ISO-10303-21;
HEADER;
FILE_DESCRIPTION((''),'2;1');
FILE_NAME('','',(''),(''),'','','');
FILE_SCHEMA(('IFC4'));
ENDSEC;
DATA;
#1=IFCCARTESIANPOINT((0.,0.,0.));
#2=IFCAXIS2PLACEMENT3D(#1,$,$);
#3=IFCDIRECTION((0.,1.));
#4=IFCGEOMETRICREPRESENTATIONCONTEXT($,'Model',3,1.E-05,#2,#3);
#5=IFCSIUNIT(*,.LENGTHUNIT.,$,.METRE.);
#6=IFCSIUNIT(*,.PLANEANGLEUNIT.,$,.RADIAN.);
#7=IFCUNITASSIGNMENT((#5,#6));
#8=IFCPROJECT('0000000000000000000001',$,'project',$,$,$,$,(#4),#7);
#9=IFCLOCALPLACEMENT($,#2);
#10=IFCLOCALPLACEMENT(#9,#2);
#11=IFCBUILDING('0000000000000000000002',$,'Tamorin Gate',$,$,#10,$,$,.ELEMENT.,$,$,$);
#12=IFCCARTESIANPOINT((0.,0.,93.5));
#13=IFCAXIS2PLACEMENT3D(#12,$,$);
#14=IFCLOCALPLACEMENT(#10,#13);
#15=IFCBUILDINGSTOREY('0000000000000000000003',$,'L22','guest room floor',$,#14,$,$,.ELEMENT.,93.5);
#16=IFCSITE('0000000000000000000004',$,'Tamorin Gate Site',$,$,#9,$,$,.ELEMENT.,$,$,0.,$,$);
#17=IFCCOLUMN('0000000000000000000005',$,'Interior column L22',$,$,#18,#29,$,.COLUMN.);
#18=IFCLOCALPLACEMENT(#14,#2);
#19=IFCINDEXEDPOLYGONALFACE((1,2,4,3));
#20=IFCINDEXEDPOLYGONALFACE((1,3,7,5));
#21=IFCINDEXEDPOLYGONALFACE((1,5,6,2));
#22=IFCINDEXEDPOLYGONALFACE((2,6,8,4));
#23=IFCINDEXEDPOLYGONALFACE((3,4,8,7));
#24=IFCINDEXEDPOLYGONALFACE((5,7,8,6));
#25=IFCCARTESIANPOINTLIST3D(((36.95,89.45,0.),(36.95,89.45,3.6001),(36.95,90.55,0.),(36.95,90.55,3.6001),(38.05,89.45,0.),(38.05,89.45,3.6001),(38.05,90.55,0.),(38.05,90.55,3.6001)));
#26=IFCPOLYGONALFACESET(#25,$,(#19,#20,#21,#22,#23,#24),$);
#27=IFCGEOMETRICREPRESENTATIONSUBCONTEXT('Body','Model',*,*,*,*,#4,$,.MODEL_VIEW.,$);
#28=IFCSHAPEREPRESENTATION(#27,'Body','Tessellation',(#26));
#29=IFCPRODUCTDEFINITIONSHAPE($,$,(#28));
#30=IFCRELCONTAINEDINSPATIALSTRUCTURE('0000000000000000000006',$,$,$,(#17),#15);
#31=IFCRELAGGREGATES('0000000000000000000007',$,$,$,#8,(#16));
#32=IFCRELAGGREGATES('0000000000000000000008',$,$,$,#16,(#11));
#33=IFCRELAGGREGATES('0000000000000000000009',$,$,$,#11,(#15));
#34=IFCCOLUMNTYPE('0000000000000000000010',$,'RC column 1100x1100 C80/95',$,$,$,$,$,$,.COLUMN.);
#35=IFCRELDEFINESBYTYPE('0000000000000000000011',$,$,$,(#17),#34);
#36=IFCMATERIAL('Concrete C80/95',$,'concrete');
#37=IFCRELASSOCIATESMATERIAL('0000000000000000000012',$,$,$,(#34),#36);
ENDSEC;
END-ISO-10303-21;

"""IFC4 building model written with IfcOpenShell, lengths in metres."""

from ifc_helpers import new_model, si_unit, direction, frame, origin, origin_2d, place, context, subcontext, project, spatial, rectangle, extrude, material, material_profile, profile_set, type_object, element, save


model = new_model("IFC4")

# Units and contexts
model_context = context("Model", 3, precision=1e-05, world=origin(), true_north=direction((0.0, 1.0)))
body_context = subcontext(model_context, "Body", "Model", "MODEL_VIEW")
ifc_project = project(units=[si_unit("LENGTHUNIT", "METRE"), si_unit("PLANEANGLEUNIT", "RADIAN")], contexts=[model_context])

# Site, building, storey
site_placement = place(None, origin())
site = spatial("IfcSite", under=ifc_project, at=site_placement, Name="Tamorin Gate Site", CompositionType="ELEMENT", RefElevation=0.0)
building_placement = place(site_placement, origin())
building = spatial("IfcBuilding", under=site, at=building_placement, Name="Tamorin Gate", CompositionType="ELEMENT")
storey_placement = place(building_placement, frame((0.0, 0.0, 93.5)))
storey = spatial("IfcBuildingStorey", under=building, at=storey_placement, Name="L22", Description="guest room floor", CompositionType="ELEMENT", Elevation=93.5)

# Column
ifc_material_1 = material(Name="Concrete C80/95", Category="concrete")
ifc_material_profile = material_profile(ifc_material_1, rectangle(XDim=1.1001, YDim=1.1001, at=origin_2d()), Name="RC 1100x1100")
ifc_profile_set = profile_set([ifc_material_profile], Name="Concrete C80/95")
column_type = type_object("IfcColumnType", Name="RC column 1100x1100 C80/95", PredefinedType="COLUMN", material=ifc_profile_set)
column_placement = place(storey_placement, frame((37.5, 90.0, 0.0), z_axis=(0.0, 0.0, 1.0), x_axis=(1.0, 0.0, 0.0)))
element("IfcColumn", 1, at=column_placement, inside=storey, type_object=column_type, Name="Interior column L22", PredefinedType="COLUMN", context=body_context, shape_type="SweptSolid", body=[
    extrude(rectangle(XDim=1.1001, YDim=1.1001, at=origin_2d()), origin(), (0.0, 0.0, 1.0), 3.6001),
])

save(model, "model.ifc")
